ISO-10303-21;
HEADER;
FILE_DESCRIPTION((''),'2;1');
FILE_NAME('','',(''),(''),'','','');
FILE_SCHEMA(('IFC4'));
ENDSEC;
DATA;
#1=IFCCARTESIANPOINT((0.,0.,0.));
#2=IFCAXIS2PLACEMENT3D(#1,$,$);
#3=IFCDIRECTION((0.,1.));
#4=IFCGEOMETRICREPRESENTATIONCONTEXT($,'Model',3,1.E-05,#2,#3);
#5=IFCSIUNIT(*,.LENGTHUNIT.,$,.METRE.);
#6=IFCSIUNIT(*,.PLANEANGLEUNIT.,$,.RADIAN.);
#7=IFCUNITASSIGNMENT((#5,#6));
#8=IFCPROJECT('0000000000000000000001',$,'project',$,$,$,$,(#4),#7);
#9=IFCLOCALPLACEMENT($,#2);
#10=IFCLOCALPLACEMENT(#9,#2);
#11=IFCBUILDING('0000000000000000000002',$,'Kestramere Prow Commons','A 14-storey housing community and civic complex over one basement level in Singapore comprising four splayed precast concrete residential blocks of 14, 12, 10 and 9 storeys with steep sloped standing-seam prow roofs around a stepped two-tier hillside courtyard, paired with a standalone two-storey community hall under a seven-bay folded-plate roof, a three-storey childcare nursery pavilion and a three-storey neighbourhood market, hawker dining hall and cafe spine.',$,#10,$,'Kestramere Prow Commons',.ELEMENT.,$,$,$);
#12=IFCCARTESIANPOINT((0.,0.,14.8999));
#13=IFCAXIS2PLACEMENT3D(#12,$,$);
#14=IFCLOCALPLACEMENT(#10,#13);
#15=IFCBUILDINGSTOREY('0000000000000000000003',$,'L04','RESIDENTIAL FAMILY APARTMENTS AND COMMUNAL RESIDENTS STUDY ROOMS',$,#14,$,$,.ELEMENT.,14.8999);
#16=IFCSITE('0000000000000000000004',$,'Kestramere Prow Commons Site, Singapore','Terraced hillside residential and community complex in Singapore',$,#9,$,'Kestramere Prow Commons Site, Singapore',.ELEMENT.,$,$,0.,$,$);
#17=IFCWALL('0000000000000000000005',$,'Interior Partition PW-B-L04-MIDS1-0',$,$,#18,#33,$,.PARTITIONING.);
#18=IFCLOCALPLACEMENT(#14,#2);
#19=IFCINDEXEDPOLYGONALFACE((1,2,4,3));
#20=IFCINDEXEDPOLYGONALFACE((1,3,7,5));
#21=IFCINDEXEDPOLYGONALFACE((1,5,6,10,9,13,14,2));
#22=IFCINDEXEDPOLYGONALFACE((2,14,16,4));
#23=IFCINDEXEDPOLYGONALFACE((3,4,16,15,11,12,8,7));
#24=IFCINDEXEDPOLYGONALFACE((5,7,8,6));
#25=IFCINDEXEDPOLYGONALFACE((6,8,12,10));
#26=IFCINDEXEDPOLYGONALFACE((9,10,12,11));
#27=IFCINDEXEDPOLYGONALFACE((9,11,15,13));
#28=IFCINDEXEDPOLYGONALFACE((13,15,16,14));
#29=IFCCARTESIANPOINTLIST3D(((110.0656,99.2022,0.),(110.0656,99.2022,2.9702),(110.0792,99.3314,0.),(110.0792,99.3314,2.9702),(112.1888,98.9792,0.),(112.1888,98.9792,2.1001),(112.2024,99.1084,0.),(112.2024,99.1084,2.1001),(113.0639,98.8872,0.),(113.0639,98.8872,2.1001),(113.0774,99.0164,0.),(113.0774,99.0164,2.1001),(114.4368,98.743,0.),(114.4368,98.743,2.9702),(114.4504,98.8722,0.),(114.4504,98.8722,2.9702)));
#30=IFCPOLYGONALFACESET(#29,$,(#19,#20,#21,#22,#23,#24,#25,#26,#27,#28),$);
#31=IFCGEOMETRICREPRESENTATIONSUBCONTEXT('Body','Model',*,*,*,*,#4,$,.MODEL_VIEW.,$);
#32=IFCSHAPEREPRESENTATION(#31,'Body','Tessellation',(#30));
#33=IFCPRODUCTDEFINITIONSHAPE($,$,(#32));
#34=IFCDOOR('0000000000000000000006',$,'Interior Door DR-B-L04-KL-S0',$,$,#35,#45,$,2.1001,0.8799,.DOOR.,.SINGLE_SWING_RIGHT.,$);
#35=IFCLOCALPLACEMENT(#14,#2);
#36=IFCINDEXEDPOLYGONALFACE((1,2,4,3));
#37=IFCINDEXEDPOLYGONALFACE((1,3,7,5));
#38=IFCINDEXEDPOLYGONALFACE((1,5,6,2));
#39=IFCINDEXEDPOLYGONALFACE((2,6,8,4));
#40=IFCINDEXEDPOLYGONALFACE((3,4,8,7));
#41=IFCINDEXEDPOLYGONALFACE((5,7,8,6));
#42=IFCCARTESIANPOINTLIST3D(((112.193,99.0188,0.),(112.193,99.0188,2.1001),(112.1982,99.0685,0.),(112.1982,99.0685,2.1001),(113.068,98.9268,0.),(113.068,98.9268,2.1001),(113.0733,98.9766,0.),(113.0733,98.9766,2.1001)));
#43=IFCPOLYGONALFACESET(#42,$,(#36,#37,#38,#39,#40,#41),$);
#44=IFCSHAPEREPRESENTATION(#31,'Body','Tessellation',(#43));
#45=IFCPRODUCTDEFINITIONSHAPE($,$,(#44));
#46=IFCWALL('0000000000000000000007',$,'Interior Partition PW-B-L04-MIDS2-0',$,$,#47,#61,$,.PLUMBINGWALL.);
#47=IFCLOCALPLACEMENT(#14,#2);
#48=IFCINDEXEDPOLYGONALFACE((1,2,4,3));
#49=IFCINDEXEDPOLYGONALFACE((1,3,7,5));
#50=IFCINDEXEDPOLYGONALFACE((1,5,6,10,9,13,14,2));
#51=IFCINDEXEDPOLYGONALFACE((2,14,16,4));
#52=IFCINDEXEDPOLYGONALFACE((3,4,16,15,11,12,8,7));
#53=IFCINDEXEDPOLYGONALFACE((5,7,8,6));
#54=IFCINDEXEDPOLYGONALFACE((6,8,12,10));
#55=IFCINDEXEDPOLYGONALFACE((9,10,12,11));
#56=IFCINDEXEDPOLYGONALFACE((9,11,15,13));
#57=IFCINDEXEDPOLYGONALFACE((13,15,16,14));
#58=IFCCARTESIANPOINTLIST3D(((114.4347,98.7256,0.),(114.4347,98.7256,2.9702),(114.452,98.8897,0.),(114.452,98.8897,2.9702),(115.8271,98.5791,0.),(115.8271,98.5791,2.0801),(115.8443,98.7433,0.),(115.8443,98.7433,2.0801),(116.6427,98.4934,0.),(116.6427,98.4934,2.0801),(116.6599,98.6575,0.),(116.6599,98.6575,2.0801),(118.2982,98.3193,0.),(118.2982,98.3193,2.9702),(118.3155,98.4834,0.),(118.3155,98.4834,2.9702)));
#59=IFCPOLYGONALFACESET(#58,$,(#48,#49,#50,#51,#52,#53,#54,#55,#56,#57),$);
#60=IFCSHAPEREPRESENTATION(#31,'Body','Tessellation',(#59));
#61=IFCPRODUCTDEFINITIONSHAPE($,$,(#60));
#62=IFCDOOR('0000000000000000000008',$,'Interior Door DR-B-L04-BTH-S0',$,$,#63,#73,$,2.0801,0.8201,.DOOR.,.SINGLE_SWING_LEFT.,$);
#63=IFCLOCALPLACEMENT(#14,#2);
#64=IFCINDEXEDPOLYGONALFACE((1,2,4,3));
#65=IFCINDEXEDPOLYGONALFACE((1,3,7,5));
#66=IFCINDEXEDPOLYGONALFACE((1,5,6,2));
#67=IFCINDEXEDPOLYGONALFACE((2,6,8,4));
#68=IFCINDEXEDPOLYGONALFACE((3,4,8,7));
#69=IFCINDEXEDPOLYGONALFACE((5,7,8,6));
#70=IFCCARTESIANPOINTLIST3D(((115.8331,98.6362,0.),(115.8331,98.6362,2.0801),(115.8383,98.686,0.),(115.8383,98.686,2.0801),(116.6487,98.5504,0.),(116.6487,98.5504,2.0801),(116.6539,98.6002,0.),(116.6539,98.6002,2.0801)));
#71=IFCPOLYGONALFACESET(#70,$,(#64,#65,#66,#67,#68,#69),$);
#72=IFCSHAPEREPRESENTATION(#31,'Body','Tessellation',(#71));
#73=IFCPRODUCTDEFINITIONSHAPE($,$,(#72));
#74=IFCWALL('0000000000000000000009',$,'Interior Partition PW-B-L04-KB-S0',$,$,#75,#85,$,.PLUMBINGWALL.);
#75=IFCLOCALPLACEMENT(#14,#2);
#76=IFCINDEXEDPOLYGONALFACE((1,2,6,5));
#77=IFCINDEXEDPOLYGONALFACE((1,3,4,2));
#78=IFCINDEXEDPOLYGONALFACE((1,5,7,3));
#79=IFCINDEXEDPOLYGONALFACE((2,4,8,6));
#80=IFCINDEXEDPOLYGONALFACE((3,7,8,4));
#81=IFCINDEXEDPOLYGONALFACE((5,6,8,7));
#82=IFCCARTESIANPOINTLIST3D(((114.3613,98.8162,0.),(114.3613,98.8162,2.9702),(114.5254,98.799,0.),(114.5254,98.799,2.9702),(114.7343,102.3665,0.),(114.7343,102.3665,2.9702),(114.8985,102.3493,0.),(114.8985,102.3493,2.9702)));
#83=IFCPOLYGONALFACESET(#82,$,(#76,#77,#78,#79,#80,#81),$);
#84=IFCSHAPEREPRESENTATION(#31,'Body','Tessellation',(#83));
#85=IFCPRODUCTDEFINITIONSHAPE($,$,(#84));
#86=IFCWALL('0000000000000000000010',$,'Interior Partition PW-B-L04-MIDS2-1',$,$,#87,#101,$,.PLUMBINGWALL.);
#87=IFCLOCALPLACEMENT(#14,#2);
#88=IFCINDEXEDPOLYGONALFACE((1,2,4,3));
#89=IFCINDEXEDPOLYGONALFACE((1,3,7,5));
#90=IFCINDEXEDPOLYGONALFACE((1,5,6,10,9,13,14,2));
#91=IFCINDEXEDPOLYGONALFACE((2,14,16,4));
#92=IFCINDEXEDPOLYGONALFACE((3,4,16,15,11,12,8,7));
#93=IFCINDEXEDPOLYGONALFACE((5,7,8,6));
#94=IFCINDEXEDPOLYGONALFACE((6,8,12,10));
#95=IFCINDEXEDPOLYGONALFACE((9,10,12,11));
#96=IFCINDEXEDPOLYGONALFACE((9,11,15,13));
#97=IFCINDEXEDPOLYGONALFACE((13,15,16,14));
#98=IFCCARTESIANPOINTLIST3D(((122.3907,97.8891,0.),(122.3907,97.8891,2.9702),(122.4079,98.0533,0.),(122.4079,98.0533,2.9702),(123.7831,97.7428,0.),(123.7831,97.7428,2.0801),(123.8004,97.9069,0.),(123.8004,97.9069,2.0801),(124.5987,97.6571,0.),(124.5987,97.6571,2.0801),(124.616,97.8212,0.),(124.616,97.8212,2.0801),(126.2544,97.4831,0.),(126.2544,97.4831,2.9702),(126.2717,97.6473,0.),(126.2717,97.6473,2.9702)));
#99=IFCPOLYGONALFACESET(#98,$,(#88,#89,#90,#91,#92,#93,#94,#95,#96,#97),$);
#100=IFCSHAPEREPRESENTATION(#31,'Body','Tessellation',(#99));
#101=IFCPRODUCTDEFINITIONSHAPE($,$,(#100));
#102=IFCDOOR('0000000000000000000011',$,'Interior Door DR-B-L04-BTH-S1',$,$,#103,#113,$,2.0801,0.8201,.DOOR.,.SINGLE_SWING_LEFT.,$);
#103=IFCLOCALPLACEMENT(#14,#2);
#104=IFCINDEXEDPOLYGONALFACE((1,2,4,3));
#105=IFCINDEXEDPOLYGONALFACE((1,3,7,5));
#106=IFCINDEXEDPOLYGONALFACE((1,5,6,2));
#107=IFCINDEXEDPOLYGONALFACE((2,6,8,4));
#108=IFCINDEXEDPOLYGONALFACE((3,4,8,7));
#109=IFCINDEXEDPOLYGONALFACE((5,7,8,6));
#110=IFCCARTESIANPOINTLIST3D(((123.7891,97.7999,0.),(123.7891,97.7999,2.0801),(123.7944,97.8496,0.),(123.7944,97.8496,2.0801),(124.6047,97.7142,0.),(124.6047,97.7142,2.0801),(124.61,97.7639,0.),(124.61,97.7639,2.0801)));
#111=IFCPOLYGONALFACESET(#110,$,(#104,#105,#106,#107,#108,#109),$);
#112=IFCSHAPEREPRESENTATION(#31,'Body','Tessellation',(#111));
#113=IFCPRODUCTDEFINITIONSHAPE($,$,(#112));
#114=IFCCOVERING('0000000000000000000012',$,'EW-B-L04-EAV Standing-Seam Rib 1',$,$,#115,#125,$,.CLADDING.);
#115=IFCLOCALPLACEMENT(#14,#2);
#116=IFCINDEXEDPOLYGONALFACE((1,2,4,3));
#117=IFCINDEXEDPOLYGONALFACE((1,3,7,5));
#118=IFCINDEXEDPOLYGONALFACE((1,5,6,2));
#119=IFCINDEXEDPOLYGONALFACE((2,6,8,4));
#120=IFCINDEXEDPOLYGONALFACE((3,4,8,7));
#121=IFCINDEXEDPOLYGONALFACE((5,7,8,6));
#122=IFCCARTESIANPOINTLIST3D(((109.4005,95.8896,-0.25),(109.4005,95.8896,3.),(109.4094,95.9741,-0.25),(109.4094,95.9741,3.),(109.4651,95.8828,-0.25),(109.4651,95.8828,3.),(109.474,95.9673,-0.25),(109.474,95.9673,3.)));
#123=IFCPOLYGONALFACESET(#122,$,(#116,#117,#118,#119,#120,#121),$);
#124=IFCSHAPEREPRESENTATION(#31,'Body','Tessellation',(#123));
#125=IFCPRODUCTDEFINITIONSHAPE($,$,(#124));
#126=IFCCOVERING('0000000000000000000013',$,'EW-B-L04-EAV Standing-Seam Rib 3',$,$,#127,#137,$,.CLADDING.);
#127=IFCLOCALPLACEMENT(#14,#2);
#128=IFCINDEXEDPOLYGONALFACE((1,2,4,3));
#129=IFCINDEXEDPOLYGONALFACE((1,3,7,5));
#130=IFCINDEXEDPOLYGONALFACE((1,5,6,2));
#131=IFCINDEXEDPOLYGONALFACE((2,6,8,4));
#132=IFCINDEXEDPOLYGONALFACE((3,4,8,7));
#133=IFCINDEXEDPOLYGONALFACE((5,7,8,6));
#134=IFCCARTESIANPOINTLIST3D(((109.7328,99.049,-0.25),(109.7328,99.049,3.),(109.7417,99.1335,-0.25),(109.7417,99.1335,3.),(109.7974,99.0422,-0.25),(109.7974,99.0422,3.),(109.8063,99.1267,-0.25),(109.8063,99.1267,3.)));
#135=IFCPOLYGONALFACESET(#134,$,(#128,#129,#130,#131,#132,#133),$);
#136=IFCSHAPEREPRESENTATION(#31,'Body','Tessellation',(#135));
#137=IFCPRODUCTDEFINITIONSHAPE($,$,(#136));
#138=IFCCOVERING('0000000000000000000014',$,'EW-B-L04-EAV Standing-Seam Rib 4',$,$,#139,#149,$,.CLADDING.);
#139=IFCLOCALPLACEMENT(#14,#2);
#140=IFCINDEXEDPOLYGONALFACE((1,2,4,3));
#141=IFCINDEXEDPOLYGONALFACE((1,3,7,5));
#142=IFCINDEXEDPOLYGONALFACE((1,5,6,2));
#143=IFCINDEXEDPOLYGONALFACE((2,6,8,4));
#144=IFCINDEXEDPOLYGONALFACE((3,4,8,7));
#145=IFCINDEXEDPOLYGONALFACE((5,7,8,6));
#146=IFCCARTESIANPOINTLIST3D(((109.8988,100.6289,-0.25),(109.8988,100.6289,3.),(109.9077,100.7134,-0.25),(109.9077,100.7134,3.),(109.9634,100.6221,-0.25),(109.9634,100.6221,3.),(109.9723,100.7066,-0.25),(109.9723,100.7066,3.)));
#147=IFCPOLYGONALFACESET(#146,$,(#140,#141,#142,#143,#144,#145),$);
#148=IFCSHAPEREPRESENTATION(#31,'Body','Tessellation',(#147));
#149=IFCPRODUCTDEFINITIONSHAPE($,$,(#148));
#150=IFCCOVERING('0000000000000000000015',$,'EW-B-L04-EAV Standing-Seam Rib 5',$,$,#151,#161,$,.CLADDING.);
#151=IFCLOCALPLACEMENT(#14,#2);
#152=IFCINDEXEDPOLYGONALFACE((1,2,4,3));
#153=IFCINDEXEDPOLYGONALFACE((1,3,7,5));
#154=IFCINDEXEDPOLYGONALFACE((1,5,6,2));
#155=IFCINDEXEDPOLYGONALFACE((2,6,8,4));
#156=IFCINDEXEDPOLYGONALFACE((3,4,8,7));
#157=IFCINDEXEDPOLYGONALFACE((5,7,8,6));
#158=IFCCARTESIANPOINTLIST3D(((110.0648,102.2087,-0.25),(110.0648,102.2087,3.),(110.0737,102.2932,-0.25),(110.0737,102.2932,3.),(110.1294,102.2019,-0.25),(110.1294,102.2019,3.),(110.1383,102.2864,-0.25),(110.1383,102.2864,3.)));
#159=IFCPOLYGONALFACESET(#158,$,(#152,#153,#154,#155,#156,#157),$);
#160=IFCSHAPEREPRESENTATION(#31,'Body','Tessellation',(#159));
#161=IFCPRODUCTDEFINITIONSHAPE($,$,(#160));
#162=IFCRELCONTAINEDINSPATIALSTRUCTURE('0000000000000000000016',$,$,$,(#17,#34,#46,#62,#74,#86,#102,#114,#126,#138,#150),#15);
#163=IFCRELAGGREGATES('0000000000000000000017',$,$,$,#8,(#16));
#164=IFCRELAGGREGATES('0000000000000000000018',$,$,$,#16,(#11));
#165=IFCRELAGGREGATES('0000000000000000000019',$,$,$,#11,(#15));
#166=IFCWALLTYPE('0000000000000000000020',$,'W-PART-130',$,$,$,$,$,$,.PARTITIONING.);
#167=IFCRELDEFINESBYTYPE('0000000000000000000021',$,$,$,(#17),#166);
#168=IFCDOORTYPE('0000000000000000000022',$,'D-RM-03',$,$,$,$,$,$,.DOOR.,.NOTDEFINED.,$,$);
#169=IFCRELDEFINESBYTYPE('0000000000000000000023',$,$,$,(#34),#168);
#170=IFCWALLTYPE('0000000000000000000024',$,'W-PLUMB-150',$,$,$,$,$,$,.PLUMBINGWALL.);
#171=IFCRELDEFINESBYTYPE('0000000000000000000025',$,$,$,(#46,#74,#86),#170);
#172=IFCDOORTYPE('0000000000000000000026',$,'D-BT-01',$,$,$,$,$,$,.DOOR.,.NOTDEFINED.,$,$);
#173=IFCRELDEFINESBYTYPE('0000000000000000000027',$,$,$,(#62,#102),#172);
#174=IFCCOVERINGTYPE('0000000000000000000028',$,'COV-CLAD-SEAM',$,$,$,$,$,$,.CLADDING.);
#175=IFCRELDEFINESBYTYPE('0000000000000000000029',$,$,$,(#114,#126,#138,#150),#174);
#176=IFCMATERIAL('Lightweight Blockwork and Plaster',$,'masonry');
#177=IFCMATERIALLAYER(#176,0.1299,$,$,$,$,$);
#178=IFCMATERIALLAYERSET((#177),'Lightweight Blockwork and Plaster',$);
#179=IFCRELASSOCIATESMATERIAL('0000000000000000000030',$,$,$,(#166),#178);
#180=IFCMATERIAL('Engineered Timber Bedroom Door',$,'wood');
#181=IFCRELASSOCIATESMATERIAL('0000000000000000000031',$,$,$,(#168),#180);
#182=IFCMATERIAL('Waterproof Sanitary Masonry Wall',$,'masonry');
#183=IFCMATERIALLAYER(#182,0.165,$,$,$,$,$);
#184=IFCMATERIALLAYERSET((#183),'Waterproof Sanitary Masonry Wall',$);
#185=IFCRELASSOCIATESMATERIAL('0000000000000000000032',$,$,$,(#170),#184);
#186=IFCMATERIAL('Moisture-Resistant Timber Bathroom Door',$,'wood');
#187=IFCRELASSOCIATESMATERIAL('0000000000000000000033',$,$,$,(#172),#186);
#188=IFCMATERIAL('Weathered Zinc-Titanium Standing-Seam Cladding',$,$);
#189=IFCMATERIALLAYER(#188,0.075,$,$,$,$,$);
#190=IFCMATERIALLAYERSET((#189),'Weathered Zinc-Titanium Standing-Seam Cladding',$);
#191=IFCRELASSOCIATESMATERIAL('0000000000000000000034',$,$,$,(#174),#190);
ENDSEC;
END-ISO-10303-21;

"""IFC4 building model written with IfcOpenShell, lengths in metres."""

from ifc_helpers import new_model, si_unit, direction, frame, frame_2d, origin, origin_2d, place, context, subcontext, project, spatial, rectangle, extrude, material, layer, layer_set, type_object, element, fill, save


model = new_model("IFC4")

# Units and contexts
model_context = context("Model", 3, precision=1e-05, world=origin(), true_north=direction((0.0, 1.0)))
body_context = subcontext(model_context, "Body", "Model", "MODEL_VIEW")
ifc_project = project(units=[si_unit("LENGTHUNIT", "METRE"), si_unit("PLANEANGLEUNIT", "RADIAN")], contexts=[model_context])

# Site, building, storey
site_placement = place(None, origin())
site = spatial("IfcSite", under=ifc_project, at=site_placement, Name="Kestramere Prow Commons Site, Singapore", Description="Terraced hillside residential and community complex in Singapore", LongName="Kestramere Prow Commons Site, Singapore", CompositionType="ELEMENT", RefElevation=0.0)
building_placement = place(site_placement, origin())
building = spatial("IfcBuilding", under=site, at=building_placement, Name="Kestramere Prow Commons", Description="A 14-storey housing community and civic complex over one basement level in Singapore comprising four splayed precast concrete residential blocks of 14, 12, 10 and 9 storeys with steep sloped standing-seam prow roofs around a stepped two-tier hillside courtyard, paired with a standalone two-storey community hall under a seven-bay folded-plate roof, a three-storey childcare nursery pavilion and a three-storey neighbourhood market, hawker dining hall and cafe spine.", LongName="Kestramere Prow Commons", CompositionType="ELEMENT")
storey_placement = place(building_placement, frame((0.0, 0.0, 14.8999)))
storey = spatial("IfcBuildingStorey", under=building, at=storey_placement, Name="L04", Description="RESIDENTIAL FAMILY APARTMENTS AND COMMUNAL RESIDENTS STUDY ROOMS", CompositionType="ELEMENT", Elevation=14.8999)

# Walls, openings, doors
ifc_material_1 = material(Name="Lightweight Blockwork and Plaster", Category="masonry")
ifc_layer_1 = layer(ifc_material_1, 0.1299)
ifc_layer_set_1 = layer_set([ifc_layer_1], Name="Lightweight Blockwork and Plaster")
wall_type_1 = type_object("IfcWallType", Name="W-PART-130", PredefinedType="PARTITIONING", material=ifc_layer_set_1)
wall_1_placement = place(storey_placement, frame((110.0723, 99.2668, 0.0), z_axis=(0.0, 0.0, 1.0), x_axis=(0.994526, -0.104485, 0.0)))
wall_1 = element("IfcWall", 1, at=wall_1_placement, inside=storey, type_object=wall_type_1, Name="Interior Partition PW-B-L04-MIDS1-0", PredefinedType="PARTITIONING", context=body_context, shape_type="SweptSolid", body=[
    extrude(rectangle(XDim=4.3953, YDim=0.1299, at=frame_2d((2.1978, 0.0))), origin(), (0.0, 0.0, 1.0), 2.9702),
])
opening_1_placement = place(wall_1_placement, frame((2.135, 0.0, 0.0)))
opening_1 = element("IfcOpeningElement", 2, at=opening_1_placement, cuts=wall_1, PredefinedType="OPENING", context=body_context, shape_type="SweptSolid", body=[
    extrude(rectangle(XDim=0.8799, YDim=2.1001, at=frame_2d((0.4399, 1.05))), frame((0.0, 0.0798, 0.0), z_axis=(0.0, -1.0, 0.0), x_axis=(1.0, 0.0, 0.0)), (0.0, 0.0, 1.0), 0.1599),
])
ifc_material_2 = material(Name="Engineered Timber Bedroom Door", Category="wood")
door_type_1 = type_object("IfcDoorType", Name="D-RM-03", OperationType="NOTDEFINED", PredefinedType="DOOR", material=ifc_material_2)
door_1_placement = place(opening_1_placement, origin())
door_1 = element("IfcDoor", 3, at=door_1_placement, inside=storey, type_object=door_type_1, Name="Interior Door DR-B-L04-KL-S0", OperationType="SINGLE_SWING_RIGHT", OverallHeight=2.1001, OverallWidth=0.8799, PredefinedType="DOOR", context=body_context, shape_type="SweptSolid", body=[
    extrude(rectangle(XDim=0.8799, YDim=2.1001, at=frame_2d((0.4399, 1.05))), frame((0.0, 0.0249, 0.0), z_axis=(0.0, -1.0, 0.0), x_axis=(1.0, 0.0, 0.0)), (0.0, 0.0, 1.0), 0.05),
])
fill(opening_1, door_1)
ifc_material_3 = material(Name="Waterproof Sanitary Masonry Wall", Category="masonry")
ifc_layer_2 = layer(ifc_material_3, 0.165)
ifc_layer_set_2 = layer_set([ifc_layer_2], Name="Waterproof Sanitary Masonry Wall")
wall_type_2 = type_object("IfcWallType", Name="W-PLUMB-150", PredefinedType="PLUMBINGWALL", material=ifc_layer_set_2)
wall_2_placement = place(storey_placement, frame((114.4434, 98.8076, 0.0), z_axis=(0.0, 0.0, 1.0), x_axis=(0.994517, -0.104574, 0.0)))
wall_2 = element("IfcWall", 4, at=wall_2_placement, inside=storey, type_object=wall_type_2, Name="Interior Partition PW-B-L04-MIDS2-0", PredefinedType="PLUMBINGWALL", context=body_context, shape_type="SweptSolid", body=[
    extrude(rectangle(XDim=3.8848, YDim=0.165, at=frame_2d((1.9424, 0.0))), origin(), (0.0, 0.0, 1.0), 2.9702),
])
opening_2_placement = place(wall_2_placement, frame((1.3999, 0.0, 0.0)))
opening_2 = element("IfcOpeningElement", 5, at=opening_2_placement, cuts=wall_2, PredefinedType="OPENING", context=body_context, shape_type="SweptSolid", body=[
    extrude(rectangle(XDim=0.8201, YDim=2.0801, at=frame_2d((0.4102, 1.04))), frame((0.0, 0.0974, 0.0), z_axis=(0.0, -1.0, 0.0), x_axis=(1.0, 0.0, 0.0)), (0.0, 0.0, 1.0), 0.1951),
])
ifc_material_4 = material(Name="Moisture-Resistant Timber Bathroom Door", Category="wood")
door_type_2 = type_object("IfcDoorType", Name="D-BT-01", OperationType="NOTDEFINED", PredefinedType="DOOR", material=ifc_material_4)
door_2_placement = place(opening_2_placement, origin())
door_2 = element("IfcDoor", 6, at=door_2_placement, inside=storey, type_object=door_type_2, Name="Interior Door DR-B-L04-BTH-S0", OperationType="SINGLE_SWING_LEFT", OverallHeight=2.0801, OverallWidth=0.8201, PredefinedType="DOOR", context=body_context, shape_type="SweptSolid", body=[
    extrude(rectangle(XDim=0.8201, YDim=2.0801, at=frame_2d((0.4102, 1.04))), frame((0.0, 0.0249, 0.0), z_axis=(0.0, -1.0, 0.0), x_axis=(1.0, 0.0, 0.0)), (0.0, 0.0, 1.0), 0.05),
])
fill(opening_2, door_2)

# Wall
wall_3_placement = place(storey_placement, frame((114.4434, 98.8076, 0.0), z_axis=(0.0, 0.0, 1.0), x_axis=(0.1045, 0.994525, 0.0)))
element("IfcWall", 7, at=wall_3_placement, inside=storey, type_object=wall_type_2, Name="Interior Partition PW-B-L04-KB-S0", PredefinedType="PLUMBINGWALL", context=body_context, shape_type="SweptSolid", body=[
    extrude(rectangle(XDim=3.5698, YDim=0.165, at=frame_2d((1.7849, 0.0))), origin(), (0.0, 0.0, 1.0), 2.9702),
])

# Wall, opening, door
wall_4_placement = place(storey_placement, frame((122.3994, 97.9712, 0.0), z_axis=(0.0, 0.0, 1.0), x_axis=(0.994524, -0.104505, 0.0)))
wall_4 = element("IfcWall", 8, at=wall_4_placement, inside=storey, type_object=wall_type_2, Name="Interior Partition PW-B-L04-MIDS2-1", PredefinedType="PLUMBINGWALL", context=body_context, shape_type="SweptSolid", body=[
    extrude(rectangle(XDim=3.885, YDim=0.165, at=frame_2d((1.9424, 0.0))), origin(), (0.0, 0.0, 1.0), 2.9702),
])
opening_3_placement = place(wall_4_placement, frame((1.3999, 0.0, 0.0)))
opening_3 = element("IfcOpeningElement", 9, at=opening_3_placement, cuts=wall_4, PredefinedType="OPENING", context=body_context, shape_type="SweptSolid", body=[
    extrude(rectangle(XDim=0.8201, YDim=2.0801, at=frame_2d((0.4102, 1.04))), frame((0.0, 0.0974, 0.0), z_axis=(0.0, -1.0, 0.0), x_axis=(1.0, 0.0, 0.0)), (0.0, 0.0, 1.0), 0.1951),
])
door_3_placement = place(opening_3_placement, origin())
door_3 = element("IfcDoor", 10, at=door_3_placement, inside=storey, type_object=door_type_2, Name="Interior Door DR-B-L04-BTH-S1", OperationType="SINGLE_SWING_LEFT", OverallHeight=2.0801, OverallWidth=0.8201, PredefinedType="DOOR", context=body_context, shape_type="SweptSolid", body=[
    extrude(rectangle(XDim=0.8201, YDim=2.0801, at=frame_2d((0.4102, 1.04))), frame((0.0, 0.0249, 0.0), z_axis=(0.0, -1.0, 0.0), x_axis=(1.0, 0.0, 0.0)), (0.0, 0.0, 1.0), 0.05),
])
fill(opening_3, door_3)

# Coverings
ifc_material_5 = material(Name="Weathered Zinc-Titanium Standing-Seam Cladding")
ifc_layer_3 = layer(ifc_material_5, 0.075)
ifc_layer_set_3 = layer_set([ifc_layer_3], Name="Weathered Zinc-Titanium Standing-Seam Cladding")
covering_type = type_object("IfcCoveringType", Name="COV-CLAD-SEAM", PredefinedType="CLADDING", material=ifc_layer_set_3)
for number, where, z_axis, x_axis, name in (
    (11, (109.4373, 95.9285, -0.25), (0.0, 0.0, 1.0), (0.104528, 0.994522, 0.0), "EW-B-L04-EAV Standing-Seam Rib 1"),
    (12, (109.7695, 99.0879, -0.25), (0.0, 0.0, 1.0), (0.104528, 0.994522, 0.0), "EW-B-L04-EAV Standing-Seam Rib 3"),
    (13, (109.9355, 100.6677, -0.25), (0.0, 0.0, 1.0), (0.104528, 0.994522, 0.0), "EW-B-L04-EAV Standing-Seam Rib 4"),
    (14, (110.1016, 102.2476, -0.25), (0.0, 0.0, 1.0), (0.104528, 0.994522, 0.0), "EW-B-L04-EAV Standing-Seam Rib 5"),
):
    element("IfcCovering", number, at=place(storey_placement, frame(where, z_axis=z_axis, x_axis=x_axis)), inside=storey, type_object=covering_type, Name=name, PredefinedType="CLADDING", context=body_context, shape_type="SweptSolid", body=[
        extrude(rectangle(XDim=0.085, YDim=0.0649, at=origin_2d()), origin(), (0.0, 0.0, 1.0), 3.25),
    ])

save(model, "model.ifc")
